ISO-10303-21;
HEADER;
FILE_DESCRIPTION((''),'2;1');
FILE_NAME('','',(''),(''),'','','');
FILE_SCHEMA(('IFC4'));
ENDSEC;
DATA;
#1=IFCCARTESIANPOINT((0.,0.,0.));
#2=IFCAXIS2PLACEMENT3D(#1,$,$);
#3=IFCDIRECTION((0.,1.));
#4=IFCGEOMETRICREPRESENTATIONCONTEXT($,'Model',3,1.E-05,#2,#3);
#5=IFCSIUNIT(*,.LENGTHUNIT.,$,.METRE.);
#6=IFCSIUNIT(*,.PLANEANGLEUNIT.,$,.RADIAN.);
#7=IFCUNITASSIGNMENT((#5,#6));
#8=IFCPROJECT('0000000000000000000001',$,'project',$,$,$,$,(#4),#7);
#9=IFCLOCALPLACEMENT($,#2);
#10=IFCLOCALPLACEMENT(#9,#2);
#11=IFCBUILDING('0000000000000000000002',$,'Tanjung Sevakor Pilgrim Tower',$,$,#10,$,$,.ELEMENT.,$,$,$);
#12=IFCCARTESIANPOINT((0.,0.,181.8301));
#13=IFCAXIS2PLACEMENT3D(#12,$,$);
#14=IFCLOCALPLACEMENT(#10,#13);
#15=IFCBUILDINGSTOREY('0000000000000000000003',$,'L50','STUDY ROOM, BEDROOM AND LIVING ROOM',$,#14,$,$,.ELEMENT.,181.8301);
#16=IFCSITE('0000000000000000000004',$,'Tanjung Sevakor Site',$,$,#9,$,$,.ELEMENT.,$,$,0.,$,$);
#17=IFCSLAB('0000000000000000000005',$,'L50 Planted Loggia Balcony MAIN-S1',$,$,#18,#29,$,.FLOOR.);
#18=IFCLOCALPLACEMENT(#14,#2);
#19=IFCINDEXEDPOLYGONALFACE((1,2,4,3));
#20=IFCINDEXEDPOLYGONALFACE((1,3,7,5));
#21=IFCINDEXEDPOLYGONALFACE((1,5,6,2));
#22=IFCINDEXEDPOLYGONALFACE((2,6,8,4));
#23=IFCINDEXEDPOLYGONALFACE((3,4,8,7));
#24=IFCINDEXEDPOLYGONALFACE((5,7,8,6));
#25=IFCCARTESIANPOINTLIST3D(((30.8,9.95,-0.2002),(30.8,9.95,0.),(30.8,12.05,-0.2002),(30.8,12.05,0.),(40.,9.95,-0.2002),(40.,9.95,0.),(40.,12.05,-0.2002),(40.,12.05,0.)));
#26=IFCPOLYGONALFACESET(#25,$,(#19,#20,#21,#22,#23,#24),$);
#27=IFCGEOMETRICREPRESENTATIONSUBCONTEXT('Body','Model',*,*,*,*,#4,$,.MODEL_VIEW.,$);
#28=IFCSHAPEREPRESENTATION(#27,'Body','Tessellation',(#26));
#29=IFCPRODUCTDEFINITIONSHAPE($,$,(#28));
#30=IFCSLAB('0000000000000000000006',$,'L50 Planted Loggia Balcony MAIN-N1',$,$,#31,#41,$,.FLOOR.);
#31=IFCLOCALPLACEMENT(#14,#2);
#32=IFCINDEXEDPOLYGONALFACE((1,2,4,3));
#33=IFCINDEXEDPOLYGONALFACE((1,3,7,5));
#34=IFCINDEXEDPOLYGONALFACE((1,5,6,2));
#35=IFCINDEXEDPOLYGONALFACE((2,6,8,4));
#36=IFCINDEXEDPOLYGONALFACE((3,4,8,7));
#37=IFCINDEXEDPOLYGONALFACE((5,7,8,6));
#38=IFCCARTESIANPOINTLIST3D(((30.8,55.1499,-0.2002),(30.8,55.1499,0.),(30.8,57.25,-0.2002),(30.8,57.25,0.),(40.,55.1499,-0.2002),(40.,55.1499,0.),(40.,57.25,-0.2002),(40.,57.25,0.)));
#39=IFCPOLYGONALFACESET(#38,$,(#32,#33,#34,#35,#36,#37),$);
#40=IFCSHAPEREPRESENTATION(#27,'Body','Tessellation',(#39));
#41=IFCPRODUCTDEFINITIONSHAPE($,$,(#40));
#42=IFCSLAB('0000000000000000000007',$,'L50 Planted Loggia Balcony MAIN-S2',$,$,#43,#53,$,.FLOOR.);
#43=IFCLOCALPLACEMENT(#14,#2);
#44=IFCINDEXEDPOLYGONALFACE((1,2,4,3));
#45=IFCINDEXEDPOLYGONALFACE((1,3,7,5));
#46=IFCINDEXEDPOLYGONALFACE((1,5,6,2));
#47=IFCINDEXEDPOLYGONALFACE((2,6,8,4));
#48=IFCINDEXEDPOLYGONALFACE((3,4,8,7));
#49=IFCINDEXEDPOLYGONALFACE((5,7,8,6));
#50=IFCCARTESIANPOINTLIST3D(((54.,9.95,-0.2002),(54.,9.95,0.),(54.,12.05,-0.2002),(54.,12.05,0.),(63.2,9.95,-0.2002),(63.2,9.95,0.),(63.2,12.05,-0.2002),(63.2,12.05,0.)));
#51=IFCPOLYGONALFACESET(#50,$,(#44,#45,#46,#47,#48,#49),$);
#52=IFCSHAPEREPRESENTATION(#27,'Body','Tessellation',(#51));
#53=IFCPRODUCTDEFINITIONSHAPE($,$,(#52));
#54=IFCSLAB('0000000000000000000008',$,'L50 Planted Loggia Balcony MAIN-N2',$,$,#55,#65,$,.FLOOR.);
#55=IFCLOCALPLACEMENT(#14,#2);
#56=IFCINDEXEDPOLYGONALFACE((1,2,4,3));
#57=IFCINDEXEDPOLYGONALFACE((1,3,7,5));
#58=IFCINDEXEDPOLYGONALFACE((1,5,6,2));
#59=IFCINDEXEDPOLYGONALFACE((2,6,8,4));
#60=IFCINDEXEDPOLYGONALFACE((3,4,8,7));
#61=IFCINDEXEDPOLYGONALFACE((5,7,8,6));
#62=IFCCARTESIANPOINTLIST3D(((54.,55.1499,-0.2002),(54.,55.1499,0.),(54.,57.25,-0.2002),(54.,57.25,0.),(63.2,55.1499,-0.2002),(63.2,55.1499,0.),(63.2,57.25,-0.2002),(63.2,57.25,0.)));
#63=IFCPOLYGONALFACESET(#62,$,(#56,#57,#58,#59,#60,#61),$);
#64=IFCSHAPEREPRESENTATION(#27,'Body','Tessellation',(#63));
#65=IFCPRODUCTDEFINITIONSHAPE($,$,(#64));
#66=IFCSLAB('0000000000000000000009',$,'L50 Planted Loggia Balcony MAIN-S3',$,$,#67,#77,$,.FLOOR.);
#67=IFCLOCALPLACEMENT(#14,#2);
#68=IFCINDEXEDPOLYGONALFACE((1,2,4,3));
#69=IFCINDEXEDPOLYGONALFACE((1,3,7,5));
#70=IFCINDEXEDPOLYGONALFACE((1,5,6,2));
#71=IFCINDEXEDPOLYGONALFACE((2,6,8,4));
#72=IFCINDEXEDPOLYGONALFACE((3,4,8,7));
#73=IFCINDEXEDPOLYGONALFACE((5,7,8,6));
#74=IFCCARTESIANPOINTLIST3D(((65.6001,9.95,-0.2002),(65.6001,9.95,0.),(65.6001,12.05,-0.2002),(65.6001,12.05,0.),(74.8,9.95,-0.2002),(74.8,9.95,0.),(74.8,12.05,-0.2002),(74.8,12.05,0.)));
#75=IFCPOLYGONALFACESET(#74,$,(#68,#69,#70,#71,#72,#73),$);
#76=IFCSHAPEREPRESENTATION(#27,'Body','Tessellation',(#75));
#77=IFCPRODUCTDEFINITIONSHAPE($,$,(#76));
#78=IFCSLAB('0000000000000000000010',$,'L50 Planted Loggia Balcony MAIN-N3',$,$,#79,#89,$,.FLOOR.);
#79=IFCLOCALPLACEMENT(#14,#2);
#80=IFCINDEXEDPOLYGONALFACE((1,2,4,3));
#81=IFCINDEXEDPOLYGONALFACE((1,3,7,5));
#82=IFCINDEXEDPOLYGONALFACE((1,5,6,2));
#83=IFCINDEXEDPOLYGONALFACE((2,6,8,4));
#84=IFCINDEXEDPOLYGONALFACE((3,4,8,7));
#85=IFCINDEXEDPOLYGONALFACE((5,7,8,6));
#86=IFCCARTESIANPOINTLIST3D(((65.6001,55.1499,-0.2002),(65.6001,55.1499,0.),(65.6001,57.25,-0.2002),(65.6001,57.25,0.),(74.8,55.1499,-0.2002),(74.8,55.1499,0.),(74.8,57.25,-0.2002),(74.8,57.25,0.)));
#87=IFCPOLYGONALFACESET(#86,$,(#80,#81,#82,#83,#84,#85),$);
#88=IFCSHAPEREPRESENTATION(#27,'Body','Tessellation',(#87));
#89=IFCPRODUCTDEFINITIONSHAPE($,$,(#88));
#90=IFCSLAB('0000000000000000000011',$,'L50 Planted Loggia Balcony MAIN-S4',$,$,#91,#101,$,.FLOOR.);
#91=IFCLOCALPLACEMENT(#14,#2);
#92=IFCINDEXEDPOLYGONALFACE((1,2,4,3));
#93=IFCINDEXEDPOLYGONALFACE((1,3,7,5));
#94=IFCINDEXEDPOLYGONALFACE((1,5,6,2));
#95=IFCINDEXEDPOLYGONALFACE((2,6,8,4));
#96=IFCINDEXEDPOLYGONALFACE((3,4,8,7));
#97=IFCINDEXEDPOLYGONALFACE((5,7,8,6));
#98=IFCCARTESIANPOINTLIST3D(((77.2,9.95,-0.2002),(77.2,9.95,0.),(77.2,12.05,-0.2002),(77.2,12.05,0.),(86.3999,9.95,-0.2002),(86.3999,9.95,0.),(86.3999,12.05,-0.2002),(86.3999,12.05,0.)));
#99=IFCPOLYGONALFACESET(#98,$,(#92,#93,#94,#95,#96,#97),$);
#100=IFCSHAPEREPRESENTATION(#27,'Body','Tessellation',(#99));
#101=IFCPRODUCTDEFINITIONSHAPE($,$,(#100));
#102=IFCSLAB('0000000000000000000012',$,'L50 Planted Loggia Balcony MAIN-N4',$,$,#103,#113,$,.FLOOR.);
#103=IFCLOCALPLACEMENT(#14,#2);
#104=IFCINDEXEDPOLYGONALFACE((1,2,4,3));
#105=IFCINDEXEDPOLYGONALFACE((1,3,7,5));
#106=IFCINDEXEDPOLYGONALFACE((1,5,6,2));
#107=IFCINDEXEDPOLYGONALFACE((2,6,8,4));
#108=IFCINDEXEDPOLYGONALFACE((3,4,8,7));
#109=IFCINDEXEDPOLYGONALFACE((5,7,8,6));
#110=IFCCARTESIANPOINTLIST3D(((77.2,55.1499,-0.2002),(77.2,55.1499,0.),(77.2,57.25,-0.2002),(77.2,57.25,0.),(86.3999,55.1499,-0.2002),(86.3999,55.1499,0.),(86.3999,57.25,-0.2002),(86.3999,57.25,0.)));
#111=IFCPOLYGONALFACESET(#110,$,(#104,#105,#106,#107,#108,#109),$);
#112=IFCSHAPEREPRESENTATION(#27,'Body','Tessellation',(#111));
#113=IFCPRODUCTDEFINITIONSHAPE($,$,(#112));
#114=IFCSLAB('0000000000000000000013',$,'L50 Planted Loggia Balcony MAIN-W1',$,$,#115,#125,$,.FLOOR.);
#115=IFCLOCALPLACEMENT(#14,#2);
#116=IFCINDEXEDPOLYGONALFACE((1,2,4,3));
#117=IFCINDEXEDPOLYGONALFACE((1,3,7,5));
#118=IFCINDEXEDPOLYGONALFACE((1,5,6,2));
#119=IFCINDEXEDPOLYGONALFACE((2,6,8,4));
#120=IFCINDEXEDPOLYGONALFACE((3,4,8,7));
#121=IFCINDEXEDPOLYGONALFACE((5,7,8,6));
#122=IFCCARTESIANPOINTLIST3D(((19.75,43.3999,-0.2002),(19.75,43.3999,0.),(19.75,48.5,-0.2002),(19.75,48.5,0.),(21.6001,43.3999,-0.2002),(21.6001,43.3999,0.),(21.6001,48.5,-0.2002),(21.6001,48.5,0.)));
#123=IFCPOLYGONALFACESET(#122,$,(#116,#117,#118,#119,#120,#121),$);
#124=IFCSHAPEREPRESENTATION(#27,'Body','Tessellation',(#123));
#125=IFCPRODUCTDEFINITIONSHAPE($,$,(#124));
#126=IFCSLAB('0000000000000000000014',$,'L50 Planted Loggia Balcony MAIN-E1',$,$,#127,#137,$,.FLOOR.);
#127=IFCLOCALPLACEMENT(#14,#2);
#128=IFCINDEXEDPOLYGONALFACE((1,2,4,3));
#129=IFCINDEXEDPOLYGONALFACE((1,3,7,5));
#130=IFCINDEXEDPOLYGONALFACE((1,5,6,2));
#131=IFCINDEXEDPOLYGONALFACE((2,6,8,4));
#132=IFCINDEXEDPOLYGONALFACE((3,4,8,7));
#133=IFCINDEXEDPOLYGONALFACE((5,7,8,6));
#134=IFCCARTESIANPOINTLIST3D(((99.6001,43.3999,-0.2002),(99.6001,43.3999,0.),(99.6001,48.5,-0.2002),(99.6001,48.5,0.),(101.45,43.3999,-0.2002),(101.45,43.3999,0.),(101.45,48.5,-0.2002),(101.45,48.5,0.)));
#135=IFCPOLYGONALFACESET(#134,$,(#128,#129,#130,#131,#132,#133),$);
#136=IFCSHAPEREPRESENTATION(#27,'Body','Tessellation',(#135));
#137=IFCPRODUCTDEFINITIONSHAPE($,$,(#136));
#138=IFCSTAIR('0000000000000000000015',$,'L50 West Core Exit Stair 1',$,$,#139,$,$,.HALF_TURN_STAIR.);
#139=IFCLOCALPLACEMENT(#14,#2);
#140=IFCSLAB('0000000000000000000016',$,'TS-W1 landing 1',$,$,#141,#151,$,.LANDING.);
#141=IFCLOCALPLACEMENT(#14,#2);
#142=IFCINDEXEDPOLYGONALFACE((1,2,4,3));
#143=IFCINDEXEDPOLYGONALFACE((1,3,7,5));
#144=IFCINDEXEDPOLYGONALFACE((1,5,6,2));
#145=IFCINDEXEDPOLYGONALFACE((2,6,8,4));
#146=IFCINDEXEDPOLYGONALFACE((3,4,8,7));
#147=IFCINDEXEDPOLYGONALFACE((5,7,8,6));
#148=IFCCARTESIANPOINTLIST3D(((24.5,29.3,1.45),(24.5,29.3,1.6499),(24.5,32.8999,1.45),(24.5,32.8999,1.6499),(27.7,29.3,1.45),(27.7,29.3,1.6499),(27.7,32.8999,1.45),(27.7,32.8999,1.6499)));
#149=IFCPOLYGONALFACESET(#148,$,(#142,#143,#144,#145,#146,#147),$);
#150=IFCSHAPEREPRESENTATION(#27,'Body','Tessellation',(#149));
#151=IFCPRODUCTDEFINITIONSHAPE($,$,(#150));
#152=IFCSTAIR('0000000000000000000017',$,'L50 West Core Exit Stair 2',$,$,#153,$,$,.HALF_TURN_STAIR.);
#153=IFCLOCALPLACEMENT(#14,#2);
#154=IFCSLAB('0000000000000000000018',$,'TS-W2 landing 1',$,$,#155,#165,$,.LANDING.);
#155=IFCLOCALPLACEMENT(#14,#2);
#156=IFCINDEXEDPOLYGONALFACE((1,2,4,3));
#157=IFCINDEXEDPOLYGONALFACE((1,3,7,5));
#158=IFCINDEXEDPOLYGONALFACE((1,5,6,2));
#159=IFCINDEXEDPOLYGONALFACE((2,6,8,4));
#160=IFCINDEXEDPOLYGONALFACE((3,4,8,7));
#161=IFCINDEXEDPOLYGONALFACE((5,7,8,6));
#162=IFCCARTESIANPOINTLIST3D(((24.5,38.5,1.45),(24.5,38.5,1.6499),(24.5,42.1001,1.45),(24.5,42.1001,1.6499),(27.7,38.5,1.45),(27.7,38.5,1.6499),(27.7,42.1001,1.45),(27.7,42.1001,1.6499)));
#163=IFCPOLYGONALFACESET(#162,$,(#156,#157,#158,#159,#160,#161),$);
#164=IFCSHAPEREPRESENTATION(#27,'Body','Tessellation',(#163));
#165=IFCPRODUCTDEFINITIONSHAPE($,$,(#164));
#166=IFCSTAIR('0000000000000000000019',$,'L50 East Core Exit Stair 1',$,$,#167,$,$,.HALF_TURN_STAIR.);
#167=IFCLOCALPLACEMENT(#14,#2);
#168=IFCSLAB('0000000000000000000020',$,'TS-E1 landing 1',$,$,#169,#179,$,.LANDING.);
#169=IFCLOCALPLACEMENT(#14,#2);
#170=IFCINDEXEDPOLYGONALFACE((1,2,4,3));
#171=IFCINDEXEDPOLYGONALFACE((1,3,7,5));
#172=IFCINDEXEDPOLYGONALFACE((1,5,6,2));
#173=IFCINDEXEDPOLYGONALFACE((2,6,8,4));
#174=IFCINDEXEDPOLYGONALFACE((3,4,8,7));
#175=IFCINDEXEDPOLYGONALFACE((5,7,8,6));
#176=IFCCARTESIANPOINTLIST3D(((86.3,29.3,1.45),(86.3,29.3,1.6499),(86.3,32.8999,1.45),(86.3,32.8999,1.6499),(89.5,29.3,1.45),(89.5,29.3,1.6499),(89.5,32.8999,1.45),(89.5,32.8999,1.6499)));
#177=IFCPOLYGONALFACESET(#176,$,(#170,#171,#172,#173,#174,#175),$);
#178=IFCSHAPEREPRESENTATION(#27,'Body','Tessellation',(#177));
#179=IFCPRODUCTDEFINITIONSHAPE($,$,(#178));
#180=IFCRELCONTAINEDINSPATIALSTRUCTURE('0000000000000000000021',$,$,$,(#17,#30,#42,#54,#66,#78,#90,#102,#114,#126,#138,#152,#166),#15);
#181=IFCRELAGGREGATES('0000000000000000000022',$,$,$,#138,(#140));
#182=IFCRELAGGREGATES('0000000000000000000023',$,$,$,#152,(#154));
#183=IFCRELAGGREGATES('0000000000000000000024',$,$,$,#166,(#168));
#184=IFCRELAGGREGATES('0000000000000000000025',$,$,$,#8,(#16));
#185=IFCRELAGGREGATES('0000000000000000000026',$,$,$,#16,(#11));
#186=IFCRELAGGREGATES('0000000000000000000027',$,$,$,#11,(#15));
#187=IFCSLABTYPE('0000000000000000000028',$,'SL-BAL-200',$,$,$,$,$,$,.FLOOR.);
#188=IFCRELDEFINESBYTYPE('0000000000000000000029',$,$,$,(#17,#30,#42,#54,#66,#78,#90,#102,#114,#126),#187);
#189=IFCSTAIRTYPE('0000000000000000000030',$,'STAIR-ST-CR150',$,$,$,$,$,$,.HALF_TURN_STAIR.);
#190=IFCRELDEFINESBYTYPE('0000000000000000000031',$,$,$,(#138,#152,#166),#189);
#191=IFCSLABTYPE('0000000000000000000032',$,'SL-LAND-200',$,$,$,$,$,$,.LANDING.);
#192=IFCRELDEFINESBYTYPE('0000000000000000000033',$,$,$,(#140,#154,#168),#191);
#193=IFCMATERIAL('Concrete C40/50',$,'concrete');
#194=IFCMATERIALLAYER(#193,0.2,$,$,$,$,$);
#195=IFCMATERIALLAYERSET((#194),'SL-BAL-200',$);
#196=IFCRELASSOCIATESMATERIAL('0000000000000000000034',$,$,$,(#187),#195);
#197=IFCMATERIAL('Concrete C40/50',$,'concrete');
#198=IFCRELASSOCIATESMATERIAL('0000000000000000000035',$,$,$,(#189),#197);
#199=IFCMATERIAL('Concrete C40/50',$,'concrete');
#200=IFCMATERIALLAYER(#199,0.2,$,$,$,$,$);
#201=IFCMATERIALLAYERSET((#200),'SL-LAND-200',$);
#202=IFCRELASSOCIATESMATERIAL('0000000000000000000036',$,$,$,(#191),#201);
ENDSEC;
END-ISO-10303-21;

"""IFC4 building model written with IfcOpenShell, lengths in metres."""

from ifc_helpers import new_model, si_unit, direction, frame, origin, place, context, subcontext, project, spatial, polyline, outline, extrude, material, layer, layer_set, type_object, element, aggregate, save


model = new_model("IFC4")

# Units and contexts
model_context = context("Model", 3, precision=1e-05, world=origin(), true_north=direction((0.0, 1.0)))
body_context = subcontext(model_context, "Body", "Model", "MODEL_VIEW")
ifc_project = project(units=[si_unit("LENGTHUNIT", "METRE"), si_unit("PLANEANGLEUNIT", "RADIAN")], contexts=[model_context])

# Site, building, storey
site_placement = place(None, origin())
site = spatial("IfcSite", under=ifc_project, at=site_placement, Name="Tanjung Sevakor Site", CompositionType="ELEMENT", RefElevation=0.0)
building_placement = place(site_placement, origin())
building = spatial("IfcBuilding", under=site, at=building_placement, Name="Tanjung Sevakor Pilgrim Tower", CompositionType="ELEMENT")
storey_placement = place(building_placement, frame((0.0, 0.0, 181.8301)))
storey = spatial("IfcBuildingStorey", under=building, at=storey_placement, Name="L50", Description="STUDY ROOM, BEDROOM AND LIVING ROOM", CompositionType="ELEMENT", Elevation=181.8301)

# Slabs
ifc_material_1 = material(Name="Concrete C40/50", Category="concrete")
ifc_layer_1 = layer(ifc_material_1, 0.2)
ifc_layer_set_1 = layer_set([ifc_layer_1], Name="SL-BAL-200")
slab_type_1 = type_object("IfcSlabType", Name="SL-BAL-200", PredefinedType="FLOOR", material=ifc_layer_set_1)
slab_1_placement = place(storey_placement, frame((0.0, 0.0, -0.2002)))
element("IfcSlab", 1, at=slab_1_placement, inside=storey, type_object=slab_type_1, Name="L50 Planted Loggia Balcony MAIN-S1", PredefinedType="FLOOR", context=body_context, shape_type="SweptSolid", body=[
    extrude(outline(polyline([(30.8, 9.95), (40.0, 9.95), (40.0, 12.05), (30.8, 12.05), (30.8, 9.95)])), origin(), (0.0, 0.0, 1.0), 0.2002),
])
slab_2_placement = place(storey_placement, frame((0.0, 0.0, -0.2002)))
element("IfcSlab", 2, at=slab_2_placement, inside=storey, type_object=slab_type_1, Name="L50 Planted Loggia Balcony MAIN-N1", PredefinedType="FLOOR", context=body_context, shape_type="SweptSolid", body=[
    extrude(outline(polyline([(30.8, 55.1499), (40.0, 55.1499), (40.0, 57.25), (30.8, 57.25), (30.8, 55.1499)])), origin(), (0.0, 0.0, 1.0), 0.2002),
])
slab_3_placement = place(storey_placement, frame((0.0, 0.0, -0.2002)))
element("IfcSlab", 3, at=slab_3_placement, inside=storey, type_object=slab_type_1, Name="L50 Planted Loggia Balcony MAIN-S2", PredefinedType="FLOOR", context=body_context, shape_type="SweptSolid", body=[
    extrude(outline(polyline([(54.0, 9.95), (63.2, 9.95), (63.2, 12.05), (54.0, 12.05), (54.0, 9.95)])), origin(), (0.0, 0.0, 1.0), 0.2002),
])
slab_4_placement = place(storey_placement, frame((0.0, 0.0, -0.2002)))
element("IfcSlab", 4, at=slab_4_placement, inside=storey, type_object=slab_type_1, Name="L50 Planted Loggia Balcony MAIN-N2", PredefinedType="FLOOR", context=body_context, shape_type="SweptSolid", body=[
    extrude(outline(polyline([(54.0, 55.1499), (63.2, 55.1499), (63.2, 57.25), (54.0, 57.25), (54.0, 55.1499)])), origin(), (0.0, 0.0, 1.0), 0.2002),
])
slab_5_placement = place(storey_placement, frame((0.0, 0.0, -0.2002)))
element("IfcSlab", 5, at=slab_5_placement, inside=storey, type_object=slab_type_1, Name="L50 Planted Loggia Balcony MAIN-S3", PredefinedType="FLOOR", context=body_context, shape_type="SweptSolid", body=[
    extrude(outline(polyline([(65.6001, 9.95), (74.8, 9.95), (74.8, 12.05), (65.6001, 12.05), (65.6001, 9.95)])), origin(), (0.0, 0.0, 1.0), 0.2002),
])
slab_6_placement = place(storey_placement, frame((0.0, 0.0, -0.2002)))
element("IfcSlab", 6, at=slab_6_placement, inside=storey, type_object=slab_type_1, Name="L50 Planted Loggia Balcony MAIN-N3", PredefinedType="FLOOR", context=body_context, shape_type="SweptSolid", body=[
    extrude(outline(polyline([(65.6001, 55.1499), (74.8, 55.1499), (74.8, 57.25), (65.6001, 57.25), (65.6001, 55.1499)])), origin(), (0.0, 0.0, 1.0), 0.2002),
])
slab_7_placement = place(storey_placement, frame((0.0, 0.0, -0.2002)))
element("IfcSlab", 7, at=slab_7_placement, inside=storey, type_object=slab_type_1, Name="L50 Planted Loggia Balcony MAIN-S4", PredefinedType="FLOOR", context=body_context, shape_type="SweptSolid", body=[
    extrude(outline(polyline([(77.2, 9.95), (86.3999, 9.95), (86.3999, 12.05), (77.2, 12.05), (77.2, 9.95)])), origin(), (0.0, 0.0, 1.0), 0.2002),
])
slab_8_placement = place(storey_placement, frame((0.0, 0.0, -0.2002)))
element("IfcSlab", 8, at=slab_8_placement, inside=storey, type_object=slab_type_1, Name="L50 Planted Loggia Balcony MAIN-N4", PredefinedType="FLOOR", context=body_context, shape_type="SweptSolid", body=[
    extrude(outline(polyline([(77.2, 55.1499), (86.3999, 55.1499), (86.3999, 57.25), (77.2, 57.25), (77.2, 55.1499)])), origin(), (0.0, 0.0, 1.0), 0.2002),
])
slab_9_placement = place(storey_placement, frame((0.0, 0.0, -0.2002)))
element("IfcSlab", 9, at=slab_9_placement, inside=storey, type_object=slab_type_1, Name="L50 Planted Loggia Balcony MAIN-W1", PredefinedType="FLOOR", context=body_context, shape_type="SweptSolid", body=[
    extrude(outline(polyline([(19.75, 43.3999), (21.6001, 43.3999), (21.6001, 48.5), (19.75, 48.5), (19.75, 43.3999)])), origin(), (0.0, 0.0, 1.0), 0.2002),
])
slab_10_placement = place(storey_placement, frame((0.0, 0.0, -0.2002)))
element("IfcSlab", 10, at=slab_10_placement, inside=storey, type_object=slab_type_1, Name="L50 Planted Loggia Balcony MAIN-E1", PredefinedType="FLOOR", context=body_context, shape_type="SweptSolid", body=[
    extrude(outline(polyline([(99.6001, 43.3999), (101.45, 43.3999), (101.45, 48.5), (99.6001, 48.5), (99.6001, 43.3999)])), origin(), (0.0, 0.0, 1.0), 0.2002),
])

# Stairs, slabs
ifc_material_2 = material(Name="Concrete C40/50", Category="concrete")
stair_type = type_object("IfcStairType", Name="STAIR-ST-CR150", PredefinedType="HALF_TURN_STAIR", material=ifc_material_2)
stair_1_placement = place(storey_placement, origin())
stair_1 = element("IfcStair", 11, at=stair_1_placement, inside=storey, type_object=stair_type, Name="L50 West Core Exit Stair 1", PredefinedType="HALF_TURN_STAIR")
ifc_material_3 = material(Name="Concrete C40/50", Category="concrete")
ifc_layer_2 = layer(ifc_material_3, 0.2)
ifc_layer_set_2 = layer_set([ifc_layer_2], Name="SL-LAND-200")
slab_type_2 = type_object("IfcSlabType", Name="SL-LAND-200", PredefinedType="LANDING", material=ifc_layer_set_2)
slab_11_placement = place(storey_placement, frame((0.0, 0.0, 1.45)))
slab_11 = element("IfcSlab", 12, at=slab_11_placement, type_object=slab_type_2, Name="TS-W1 landing 1", PredefinedType="LANDING", context=body_context, shape_type="SweptSolid", body=[
    extrude(outline(polyline([(27.7, 29.3), (27.7, 32.8999), (24.5, 32.8999), (24.5, 29.3), (27.7, 29.3)])), origin(), (0.0, 0.0, 1.0), 0.2),
])
aggregate(stair_1, [slab_11])
stair_2_placement = place(storey_placement, origin())
stair_2 = element("IfcStair", 13, at=stair_2_placement, inside=storey, type_object=stair_type, Name="L50 West Core Exit Stair 2", PredefinedType="HALF_TURN_STAIR")
slab_12_placement = place(storey_placement, frame((0.0, 0.0, 1.45)))
slab_12 = element("IfcSlab", 14, at=slab_12_placement, type_object=slab_type_2, Name="TS-W2 landing 1", PredefinedType="LANDING", context=body_context, shape_type="SweptSolid", body=[
    extrude(outline(polyline([(27.7, 38.5), (27.7, 42.1001), (24.5, 42.1001), (24.5, 38.5), (27.7, 38.5)])), origin(), (0.0, 0.0, 1.0), 0.2),
])
aggregate(stair_2, [slab_12])
stair_3_placement = place(storey_placement, origin())
stair_3 = element("IfcStair", 15, at=stair_3_placement, inside=storey, type_object=stair_type, Name="L50 East Core Exit Stair 1", PredefinedType="HALF_TURN_STAIR")
slab_13_placement = place(storey_placement, frame((0.0, 0.0, 1.45)))
slab_13 = element("IfcSlab", 16, at=slab_13_placement, type_object=slab_type_2, Name="TS-E1 landing 1", PredefinedType="LANDING", context=body_context, shape_type="SweptSolid", body=[
    extrude(outline(polyline([(89.5, 29.3), (89.5, 32.8999), (86.3, 32.8999), (86.3, 29.3), (89.5, 29.3)])), origin(), (0.0, 0.0, 1.0), 0.2),
])
aggregate(stair_3, [slab_13])

save(model, "model.ifc")
